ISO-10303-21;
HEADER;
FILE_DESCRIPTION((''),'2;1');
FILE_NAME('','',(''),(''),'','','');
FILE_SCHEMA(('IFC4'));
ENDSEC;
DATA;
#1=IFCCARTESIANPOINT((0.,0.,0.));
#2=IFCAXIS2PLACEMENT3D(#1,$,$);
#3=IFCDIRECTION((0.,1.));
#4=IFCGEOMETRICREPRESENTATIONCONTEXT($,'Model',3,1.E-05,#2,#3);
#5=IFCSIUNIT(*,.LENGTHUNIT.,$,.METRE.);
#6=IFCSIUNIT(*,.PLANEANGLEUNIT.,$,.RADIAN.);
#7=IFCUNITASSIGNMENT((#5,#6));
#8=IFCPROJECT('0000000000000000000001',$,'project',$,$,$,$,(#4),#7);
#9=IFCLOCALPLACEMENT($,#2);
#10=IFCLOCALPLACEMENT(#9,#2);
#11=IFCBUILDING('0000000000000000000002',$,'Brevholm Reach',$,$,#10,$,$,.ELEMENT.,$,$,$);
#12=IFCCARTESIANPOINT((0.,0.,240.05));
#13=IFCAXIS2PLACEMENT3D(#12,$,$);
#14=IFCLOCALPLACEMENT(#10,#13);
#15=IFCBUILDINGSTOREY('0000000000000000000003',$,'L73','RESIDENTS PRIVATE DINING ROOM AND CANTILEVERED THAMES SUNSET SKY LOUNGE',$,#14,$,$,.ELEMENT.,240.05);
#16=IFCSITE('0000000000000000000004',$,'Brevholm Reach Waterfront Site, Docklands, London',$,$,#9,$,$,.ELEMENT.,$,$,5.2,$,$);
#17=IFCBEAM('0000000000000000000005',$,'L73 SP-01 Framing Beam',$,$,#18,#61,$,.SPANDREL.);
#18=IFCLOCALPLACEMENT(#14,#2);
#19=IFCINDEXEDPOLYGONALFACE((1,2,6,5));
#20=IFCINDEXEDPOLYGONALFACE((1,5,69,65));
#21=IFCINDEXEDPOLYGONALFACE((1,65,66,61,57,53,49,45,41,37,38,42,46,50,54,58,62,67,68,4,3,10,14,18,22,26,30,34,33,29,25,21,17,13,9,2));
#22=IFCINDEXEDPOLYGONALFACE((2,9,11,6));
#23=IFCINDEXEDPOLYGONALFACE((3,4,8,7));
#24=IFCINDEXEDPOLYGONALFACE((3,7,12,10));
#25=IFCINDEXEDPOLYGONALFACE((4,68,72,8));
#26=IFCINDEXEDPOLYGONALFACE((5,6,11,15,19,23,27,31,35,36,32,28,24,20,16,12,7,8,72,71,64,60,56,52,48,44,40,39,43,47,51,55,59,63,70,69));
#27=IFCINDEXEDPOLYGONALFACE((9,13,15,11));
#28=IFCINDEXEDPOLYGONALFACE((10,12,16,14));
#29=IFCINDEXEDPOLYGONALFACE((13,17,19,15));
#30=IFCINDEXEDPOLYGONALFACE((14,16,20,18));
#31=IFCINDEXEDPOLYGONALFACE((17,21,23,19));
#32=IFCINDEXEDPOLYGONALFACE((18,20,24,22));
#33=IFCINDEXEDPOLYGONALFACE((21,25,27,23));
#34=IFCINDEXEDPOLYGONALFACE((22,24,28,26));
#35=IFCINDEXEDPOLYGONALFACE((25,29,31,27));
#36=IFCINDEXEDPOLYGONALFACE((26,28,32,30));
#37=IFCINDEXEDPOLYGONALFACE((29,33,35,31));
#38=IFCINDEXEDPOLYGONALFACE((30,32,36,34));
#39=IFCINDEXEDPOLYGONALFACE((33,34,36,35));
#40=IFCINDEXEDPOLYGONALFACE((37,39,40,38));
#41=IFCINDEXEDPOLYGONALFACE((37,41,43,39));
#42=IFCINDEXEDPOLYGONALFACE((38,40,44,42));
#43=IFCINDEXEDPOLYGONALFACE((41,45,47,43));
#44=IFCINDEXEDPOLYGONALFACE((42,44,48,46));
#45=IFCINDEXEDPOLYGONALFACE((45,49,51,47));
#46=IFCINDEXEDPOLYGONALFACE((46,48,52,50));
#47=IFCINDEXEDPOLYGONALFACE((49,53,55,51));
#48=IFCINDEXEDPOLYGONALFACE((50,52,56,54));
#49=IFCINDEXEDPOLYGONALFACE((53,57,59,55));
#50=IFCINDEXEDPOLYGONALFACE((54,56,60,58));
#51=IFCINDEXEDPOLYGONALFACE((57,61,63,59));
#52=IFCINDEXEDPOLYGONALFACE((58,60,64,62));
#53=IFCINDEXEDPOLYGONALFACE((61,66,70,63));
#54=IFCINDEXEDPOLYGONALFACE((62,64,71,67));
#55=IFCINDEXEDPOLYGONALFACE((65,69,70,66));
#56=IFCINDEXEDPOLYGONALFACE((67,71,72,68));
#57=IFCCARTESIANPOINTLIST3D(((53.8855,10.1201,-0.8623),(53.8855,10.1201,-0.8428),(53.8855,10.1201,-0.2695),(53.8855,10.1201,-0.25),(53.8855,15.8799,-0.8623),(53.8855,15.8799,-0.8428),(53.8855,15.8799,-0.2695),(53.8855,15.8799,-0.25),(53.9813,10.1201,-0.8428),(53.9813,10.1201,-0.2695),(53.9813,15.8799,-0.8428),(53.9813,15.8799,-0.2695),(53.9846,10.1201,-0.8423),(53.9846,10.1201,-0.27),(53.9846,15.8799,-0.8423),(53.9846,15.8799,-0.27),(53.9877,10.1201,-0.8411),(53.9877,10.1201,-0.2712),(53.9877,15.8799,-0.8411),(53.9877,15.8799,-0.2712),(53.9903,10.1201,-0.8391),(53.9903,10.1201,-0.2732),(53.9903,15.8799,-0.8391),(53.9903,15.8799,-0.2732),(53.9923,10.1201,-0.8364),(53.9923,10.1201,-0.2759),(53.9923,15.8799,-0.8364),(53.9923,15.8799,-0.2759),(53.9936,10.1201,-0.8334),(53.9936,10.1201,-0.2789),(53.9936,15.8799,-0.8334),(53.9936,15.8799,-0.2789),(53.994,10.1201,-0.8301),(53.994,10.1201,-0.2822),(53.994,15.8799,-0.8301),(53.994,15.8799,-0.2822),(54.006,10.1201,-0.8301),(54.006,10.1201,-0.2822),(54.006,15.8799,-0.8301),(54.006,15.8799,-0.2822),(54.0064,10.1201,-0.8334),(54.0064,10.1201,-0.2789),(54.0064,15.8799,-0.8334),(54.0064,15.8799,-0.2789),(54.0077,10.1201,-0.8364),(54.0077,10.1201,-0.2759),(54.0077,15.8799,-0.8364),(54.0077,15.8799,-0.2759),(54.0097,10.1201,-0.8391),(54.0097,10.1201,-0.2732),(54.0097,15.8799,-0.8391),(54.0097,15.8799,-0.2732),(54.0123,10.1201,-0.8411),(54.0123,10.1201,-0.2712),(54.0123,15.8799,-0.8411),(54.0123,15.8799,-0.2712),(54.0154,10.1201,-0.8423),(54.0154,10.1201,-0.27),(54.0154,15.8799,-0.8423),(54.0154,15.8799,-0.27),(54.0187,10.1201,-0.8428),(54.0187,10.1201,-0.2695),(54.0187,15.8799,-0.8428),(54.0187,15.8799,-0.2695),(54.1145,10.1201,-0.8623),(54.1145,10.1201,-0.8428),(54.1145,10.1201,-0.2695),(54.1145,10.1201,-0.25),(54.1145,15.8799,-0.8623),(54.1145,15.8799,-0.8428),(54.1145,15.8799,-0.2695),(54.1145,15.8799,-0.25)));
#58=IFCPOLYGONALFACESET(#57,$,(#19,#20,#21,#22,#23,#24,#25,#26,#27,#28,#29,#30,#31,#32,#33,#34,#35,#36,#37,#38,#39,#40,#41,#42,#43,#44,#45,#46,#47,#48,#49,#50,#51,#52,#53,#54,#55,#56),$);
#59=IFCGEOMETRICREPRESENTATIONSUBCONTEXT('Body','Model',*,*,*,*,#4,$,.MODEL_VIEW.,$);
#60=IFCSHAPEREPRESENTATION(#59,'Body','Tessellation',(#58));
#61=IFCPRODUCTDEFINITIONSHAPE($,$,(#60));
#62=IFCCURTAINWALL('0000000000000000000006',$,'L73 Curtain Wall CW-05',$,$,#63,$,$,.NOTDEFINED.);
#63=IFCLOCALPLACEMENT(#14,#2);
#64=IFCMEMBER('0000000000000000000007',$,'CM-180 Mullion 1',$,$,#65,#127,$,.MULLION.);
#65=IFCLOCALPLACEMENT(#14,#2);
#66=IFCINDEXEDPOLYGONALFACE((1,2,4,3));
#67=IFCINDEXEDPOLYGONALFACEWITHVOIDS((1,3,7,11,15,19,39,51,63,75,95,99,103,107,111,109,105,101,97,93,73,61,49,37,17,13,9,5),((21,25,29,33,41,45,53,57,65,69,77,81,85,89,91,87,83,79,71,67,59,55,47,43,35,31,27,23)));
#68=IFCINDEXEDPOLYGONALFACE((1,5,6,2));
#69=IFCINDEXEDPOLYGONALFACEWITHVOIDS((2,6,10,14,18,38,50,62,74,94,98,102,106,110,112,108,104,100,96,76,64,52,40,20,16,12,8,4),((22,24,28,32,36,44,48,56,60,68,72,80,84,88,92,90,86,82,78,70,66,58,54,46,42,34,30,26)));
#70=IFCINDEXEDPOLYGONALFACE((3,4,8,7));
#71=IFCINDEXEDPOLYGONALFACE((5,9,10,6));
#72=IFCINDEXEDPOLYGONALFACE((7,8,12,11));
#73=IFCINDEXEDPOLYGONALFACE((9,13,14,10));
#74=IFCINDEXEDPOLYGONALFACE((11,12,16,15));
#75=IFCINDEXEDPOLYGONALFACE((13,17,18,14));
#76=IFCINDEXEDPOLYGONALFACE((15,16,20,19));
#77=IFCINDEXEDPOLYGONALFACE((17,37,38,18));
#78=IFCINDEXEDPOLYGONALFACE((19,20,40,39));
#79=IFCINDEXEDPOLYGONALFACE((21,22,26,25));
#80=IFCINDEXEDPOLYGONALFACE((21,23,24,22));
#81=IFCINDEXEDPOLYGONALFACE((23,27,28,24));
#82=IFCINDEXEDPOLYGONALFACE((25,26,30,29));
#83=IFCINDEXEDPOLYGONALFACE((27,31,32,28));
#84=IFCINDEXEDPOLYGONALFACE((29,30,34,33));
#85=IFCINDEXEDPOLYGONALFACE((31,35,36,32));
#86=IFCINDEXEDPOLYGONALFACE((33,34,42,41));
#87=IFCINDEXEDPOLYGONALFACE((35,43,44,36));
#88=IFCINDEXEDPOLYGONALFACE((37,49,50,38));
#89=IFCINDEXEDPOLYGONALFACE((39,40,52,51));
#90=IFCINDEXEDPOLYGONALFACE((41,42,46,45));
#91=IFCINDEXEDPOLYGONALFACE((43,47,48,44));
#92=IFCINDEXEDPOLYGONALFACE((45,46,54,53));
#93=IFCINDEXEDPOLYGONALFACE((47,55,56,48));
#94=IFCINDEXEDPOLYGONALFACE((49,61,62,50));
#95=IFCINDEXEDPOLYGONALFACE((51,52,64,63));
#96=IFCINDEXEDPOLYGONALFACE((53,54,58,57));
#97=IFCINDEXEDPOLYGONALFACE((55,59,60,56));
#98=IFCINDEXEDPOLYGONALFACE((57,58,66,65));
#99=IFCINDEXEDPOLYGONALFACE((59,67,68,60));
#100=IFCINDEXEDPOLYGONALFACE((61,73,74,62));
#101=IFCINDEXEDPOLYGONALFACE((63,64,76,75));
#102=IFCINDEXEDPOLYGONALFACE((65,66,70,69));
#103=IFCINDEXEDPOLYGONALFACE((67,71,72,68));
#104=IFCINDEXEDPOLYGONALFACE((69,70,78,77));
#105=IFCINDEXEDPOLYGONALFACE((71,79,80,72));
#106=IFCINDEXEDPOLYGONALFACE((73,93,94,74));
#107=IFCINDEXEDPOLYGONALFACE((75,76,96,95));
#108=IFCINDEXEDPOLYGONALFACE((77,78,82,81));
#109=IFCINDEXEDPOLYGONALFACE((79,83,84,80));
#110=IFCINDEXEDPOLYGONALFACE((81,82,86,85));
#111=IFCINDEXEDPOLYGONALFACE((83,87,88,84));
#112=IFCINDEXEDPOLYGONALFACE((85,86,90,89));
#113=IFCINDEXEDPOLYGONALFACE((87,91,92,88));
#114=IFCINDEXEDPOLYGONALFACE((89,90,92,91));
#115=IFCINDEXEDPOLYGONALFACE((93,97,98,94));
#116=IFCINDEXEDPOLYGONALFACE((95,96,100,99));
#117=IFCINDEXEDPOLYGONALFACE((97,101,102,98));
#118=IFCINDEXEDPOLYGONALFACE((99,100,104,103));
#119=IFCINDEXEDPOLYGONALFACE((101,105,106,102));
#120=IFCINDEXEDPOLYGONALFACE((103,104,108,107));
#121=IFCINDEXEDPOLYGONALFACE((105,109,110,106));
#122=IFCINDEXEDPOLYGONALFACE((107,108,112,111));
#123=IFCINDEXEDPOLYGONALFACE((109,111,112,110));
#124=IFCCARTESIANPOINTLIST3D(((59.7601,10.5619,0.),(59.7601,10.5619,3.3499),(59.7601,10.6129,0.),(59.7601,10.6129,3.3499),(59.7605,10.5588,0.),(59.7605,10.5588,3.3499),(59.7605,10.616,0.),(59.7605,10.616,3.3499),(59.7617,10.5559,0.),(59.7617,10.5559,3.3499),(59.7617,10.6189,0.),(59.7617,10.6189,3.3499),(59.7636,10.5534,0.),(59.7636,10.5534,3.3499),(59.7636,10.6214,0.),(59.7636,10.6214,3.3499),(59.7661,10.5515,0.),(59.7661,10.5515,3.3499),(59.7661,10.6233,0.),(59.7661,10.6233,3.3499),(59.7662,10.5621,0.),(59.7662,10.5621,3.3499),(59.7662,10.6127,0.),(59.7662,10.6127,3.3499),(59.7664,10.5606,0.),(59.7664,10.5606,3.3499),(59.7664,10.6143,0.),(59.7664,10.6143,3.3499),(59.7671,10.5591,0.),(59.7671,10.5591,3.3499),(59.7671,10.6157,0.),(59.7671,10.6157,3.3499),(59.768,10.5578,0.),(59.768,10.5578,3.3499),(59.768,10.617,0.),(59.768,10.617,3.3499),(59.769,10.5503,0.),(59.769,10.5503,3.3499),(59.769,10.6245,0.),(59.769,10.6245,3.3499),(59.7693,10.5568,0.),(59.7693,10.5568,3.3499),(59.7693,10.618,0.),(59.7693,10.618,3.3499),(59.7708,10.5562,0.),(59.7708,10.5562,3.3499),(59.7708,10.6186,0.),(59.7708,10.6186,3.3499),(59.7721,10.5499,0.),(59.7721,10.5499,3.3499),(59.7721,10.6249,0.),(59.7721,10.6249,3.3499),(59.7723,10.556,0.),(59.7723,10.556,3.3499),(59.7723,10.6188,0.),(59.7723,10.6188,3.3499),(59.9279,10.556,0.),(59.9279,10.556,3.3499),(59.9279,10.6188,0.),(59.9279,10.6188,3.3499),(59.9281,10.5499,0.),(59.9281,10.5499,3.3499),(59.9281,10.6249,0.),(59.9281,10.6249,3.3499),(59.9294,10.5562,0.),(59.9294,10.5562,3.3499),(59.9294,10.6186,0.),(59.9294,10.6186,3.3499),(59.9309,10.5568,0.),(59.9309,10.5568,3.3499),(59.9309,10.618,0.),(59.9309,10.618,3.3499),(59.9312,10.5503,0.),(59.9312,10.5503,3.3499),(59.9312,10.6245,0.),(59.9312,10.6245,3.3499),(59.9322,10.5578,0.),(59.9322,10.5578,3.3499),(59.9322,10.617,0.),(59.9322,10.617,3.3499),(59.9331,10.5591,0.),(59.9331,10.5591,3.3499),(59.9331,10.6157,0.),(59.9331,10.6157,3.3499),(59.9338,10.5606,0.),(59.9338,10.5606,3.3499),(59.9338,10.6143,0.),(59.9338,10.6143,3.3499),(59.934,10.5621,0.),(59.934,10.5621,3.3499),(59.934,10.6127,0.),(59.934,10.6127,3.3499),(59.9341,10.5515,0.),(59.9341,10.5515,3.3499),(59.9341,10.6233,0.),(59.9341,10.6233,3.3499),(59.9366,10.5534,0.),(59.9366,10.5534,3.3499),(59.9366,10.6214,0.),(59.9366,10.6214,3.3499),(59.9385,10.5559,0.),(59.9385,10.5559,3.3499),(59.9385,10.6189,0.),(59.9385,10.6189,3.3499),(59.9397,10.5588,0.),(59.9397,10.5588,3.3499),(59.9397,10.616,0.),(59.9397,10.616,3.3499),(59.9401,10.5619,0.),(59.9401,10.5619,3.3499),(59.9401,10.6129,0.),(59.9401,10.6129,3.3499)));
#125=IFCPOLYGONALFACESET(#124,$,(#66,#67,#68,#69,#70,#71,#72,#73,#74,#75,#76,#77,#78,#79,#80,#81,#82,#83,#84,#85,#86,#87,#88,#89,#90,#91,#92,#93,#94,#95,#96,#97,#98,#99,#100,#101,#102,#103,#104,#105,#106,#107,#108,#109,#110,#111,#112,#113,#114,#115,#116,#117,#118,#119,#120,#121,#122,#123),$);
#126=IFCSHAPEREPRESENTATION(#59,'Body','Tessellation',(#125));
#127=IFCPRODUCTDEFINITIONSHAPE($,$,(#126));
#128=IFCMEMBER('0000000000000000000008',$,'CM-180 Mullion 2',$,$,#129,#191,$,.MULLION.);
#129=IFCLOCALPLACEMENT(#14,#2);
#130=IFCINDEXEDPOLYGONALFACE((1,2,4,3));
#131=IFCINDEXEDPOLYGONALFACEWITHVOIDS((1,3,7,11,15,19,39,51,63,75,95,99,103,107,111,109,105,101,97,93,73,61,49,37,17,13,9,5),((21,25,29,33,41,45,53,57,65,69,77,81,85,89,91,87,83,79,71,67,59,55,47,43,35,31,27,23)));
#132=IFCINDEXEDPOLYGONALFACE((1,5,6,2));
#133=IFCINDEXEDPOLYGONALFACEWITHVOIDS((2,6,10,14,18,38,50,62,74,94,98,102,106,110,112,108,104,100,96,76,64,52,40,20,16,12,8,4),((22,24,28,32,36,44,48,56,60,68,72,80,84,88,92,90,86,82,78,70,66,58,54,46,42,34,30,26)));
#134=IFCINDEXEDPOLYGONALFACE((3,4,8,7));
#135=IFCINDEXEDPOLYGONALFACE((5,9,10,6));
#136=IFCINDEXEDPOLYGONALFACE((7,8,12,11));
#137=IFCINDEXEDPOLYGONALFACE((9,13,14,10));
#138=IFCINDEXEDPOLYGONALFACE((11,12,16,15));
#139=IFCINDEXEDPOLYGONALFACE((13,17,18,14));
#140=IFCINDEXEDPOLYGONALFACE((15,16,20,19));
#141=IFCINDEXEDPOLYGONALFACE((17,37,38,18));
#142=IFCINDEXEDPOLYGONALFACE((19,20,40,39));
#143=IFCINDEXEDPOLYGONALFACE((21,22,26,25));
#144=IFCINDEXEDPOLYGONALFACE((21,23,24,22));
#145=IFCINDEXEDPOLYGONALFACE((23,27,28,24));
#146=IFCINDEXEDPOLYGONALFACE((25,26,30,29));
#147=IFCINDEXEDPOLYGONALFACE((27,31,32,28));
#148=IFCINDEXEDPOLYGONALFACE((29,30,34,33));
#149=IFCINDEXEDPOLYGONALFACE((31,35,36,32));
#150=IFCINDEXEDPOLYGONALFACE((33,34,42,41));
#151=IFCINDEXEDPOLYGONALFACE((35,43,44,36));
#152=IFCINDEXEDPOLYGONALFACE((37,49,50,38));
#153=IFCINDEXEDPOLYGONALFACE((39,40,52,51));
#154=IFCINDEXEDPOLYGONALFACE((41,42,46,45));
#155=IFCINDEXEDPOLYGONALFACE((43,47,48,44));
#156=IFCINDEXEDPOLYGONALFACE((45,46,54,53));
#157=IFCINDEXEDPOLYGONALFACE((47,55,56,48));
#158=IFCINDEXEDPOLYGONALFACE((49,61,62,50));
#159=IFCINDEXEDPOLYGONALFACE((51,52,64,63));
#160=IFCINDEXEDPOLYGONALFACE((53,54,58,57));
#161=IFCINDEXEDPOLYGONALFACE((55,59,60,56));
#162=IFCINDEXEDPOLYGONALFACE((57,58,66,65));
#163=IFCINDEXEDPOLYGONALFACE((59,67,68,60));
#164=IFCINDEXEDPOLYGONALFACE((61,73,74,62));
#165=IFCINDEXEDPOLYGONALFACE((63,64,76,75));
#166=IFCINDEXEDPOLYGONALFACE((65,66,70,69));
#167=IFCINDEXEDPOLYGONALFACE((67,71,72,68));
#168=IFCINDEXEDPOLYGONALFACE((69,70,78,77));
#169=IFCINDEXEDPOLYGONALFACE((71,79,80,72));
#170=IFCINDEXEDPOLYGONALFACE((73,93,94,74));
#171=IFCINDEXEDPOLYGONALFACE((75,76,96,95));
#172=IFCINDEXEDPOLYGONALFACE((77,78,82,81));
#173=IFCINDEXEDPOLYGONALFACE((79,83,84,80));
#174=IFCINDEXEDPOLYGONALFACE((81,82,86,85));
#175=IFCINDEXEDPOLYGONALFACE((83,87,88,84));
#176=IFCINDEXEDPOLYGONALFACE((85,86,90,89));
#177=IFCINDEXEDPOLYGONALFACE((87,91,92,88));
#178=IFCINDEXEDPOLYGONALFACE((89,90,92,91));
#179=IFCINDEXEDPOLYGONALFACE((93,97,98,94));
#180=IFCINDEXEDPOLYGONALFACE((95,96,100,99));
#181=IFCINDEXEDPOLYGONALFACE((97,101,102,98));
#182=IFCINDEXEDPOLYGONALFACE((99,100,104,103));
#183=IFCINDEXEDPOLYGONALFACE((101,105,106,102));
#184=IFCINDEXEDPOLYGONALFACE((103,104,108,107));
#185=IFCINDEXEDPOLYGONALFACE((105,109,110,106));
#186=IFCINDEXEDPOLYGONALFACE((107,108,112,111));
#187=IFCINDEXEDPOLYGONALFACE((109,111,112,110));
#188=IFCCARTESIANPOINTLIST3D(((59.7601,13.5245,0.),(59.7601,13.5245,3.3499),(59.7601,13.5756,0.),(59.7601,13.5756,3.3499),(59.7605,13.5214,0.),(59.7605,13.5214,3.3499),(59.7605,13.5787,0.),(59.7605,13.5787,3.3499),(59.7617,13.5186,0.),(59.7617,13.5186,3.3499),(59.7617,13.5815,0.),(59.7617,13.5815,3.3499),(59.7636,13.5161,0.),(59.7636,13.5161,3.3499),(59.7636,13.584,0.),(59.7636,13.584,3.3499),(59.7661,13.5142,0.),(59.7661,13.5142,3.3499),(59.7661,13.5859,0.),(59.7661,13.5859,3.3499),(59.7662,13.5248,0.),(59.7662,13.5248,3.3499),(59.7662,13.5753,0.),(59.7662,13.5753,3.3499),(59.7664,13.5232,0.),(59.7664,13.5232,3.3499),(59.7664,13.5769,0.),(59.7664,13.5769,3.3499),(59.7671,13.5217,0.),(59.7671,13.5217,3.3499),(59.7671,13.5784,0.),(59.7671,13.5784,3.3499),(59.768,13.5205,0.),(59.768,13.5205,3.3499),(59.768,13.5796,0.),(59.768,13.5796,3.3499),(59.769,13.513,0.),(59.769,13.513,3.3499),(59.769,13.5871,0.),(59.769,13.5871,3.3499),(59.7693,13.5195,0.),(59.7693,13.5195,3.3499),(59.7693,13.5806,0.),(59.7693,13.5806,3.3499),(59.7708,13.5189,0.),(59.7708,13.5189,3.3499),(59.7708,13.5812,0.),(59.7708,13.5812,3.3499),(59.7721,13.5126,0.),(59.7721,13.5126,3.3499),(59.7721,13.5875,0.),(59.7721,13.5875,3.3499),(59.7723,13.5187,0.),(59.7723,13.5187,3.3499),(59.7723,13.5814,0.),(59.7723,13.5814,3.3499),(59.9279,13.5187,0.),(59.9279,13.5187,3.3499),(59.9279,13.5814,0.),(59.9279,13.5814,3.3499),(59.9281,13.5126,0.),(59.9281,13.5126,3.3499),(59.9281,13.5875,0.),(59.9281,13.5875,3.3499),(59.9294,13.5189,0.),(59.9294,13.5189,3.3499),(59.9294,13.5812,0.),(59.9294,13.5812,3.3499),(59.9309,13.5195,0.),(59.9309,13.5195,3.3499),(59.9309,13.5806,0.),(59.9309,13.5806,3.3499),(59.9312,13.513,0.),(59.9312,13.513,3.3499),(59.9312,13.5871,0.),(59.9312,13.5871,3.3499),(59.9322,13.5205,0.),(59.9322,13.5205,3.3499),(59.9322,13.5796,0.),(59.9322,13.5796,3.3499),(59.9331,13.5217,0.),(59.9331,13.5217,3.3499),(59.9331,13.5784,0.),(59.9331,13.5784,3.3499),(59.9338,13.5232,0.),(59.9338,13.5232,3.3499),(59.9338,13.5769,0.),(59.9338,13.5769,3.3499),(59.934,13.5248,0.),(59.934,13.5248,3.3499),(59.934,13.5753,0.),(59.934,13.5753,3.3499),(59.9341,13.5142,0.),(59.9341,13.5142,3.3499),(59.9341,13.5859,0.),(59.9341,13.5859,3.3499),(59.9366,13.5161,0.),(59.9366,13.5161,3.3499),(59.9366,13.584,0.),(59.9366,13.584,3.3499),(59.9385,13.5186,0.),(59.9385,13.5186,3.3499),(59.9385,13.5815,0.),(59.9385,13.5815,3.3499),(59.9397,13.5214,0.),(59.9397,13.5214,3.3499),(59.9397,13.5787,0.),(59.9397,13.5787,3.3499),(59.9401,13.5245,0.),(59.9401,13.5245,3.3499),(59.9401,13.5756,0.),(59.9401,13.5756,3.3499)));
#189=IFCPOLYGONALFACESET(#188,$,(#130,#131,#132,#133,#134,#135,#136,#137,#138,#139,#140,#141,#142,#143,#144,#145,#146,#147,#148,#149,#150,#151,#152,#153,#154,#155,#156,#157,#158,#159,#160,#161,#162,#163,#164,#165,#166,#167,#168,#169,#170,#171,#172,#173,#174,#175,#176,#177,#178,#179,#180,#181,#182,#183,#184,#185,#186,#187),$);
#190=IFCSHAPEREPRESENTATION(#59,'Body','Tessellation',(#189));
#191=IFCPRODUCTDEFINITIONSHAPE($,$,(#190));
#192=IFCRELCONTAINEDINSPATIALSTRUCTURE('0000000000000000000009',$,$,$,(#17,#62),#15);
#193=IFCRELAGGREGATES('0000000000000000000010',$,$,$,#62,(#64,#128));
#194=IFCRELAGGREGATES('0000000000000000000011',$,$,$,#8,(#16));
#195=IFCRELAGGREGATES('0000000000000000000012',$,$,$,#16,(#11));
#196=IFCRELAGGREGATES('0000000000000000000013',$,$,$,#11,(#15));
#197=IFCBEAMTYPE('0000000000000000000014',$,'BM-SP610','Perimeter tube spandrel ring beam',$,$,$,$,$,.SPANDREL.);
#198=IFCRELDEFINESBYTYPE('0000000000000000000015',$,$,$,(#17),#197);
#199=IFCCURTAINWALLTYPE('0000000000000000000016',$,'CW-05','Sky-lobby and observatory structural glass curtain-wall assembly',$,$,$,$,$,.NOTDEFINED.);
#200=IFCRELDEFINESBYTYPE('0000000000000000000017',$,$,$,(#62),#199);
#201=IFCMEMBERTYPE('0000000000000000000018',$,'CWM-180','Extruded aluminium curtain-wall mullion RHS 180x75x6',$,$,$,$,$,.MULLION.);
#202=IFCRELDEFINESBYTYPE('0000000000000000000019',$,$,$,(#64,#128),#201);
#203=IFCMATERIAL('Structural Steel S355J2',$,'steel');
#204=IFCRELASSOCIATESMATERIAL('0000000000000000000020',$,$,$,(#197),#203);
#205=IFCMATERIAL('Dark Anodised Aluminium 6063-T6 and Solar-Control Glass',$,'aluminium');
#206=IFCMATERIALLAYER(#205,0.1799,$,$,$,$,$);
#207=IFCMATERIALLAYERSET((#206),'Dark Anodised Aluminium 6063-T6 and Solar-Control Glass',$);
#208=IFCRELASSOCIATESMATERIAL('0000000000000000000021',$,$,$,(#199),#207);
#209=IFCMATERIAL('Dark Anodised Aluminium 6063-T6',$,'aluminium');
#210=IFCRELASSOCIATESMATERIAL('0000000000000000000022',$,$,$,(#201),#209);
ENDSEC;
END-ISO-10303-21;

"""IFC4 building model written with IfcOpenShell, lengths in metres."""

from ifc_helpers import new_model, si_unit, direction, frame, origin, origin_2d, place, context, subcontext, project, spatial, hollow_rectangle, i_section, extrude, material, layer, layer_set, material_profile, profile_set, type_object, element, aggregate, save


model = new_model("IFC4")

# Units and contexts
model_context = context("Model", 3, precision=1e-05, world=origin(), true_north=direction((0.0, 1.0)))
body_context = subcontext(model_context, "Body", "Model", "MODEL_VIEW")
ifc_project = project(units=[si_unit("LENGTHUNIT", "METRE"), si_unit("PLANEANGLEUNIT", "RADIAN")], contexts=[model_context])

# Site, building, storey
site_placement = place(None, origin())
site = spatial("IfcSite", under=ifc_project, at=site_placement, Name="Brevholm Reach Waterfront Site, Docklands, London", CompositionType="ELEMENT", RefElevation=5.2)
building_placement = place(site_placement, origin())
building = spatial("IfcBuilding", under=site, at=building_placement, Name="Brevholm Reach", CompositionType="ELEMENT")
storey_placement = place(building_placement, frame((0.0, 0.0, 240.05)))
storey = spatial("IfcBuildingStorey", under=building, at=storey_placement, Name="L73", Description="RESIDENTS PRIVATE DINING ROOM AND CANTILEVERED THAMES SUNSET SKY LOUNGE", CompositionType="ELEMENT", Elevation=240.05)

# Beam
ifc_material_1 = material(Name="Structural Steel S355J2", Category="steel")
ifc_material_profile_1 = material_profile(ifc_material_1, i_section(OverallWidth=0.229, OverallDepth=0.6123, WebThickness=0.012, FlangeThickness=0.0195, FilletRadius=0.0127, at=origin_2d()), Name="UKB 610x229x125")
ifc_profile_set_1 = profile_set([ifc_material_profile_1], Name="Structural Steel S355J2")
beam_type_1 = type_object("IfcBeamType", Name="BM-SP610", Description="Perimeter tube spandrel ring beam", PredefinedType="SPANDREL", material=ifc_profile_set_1)
for number, where, z_axis, x_axis, name in (
    (1, (54.0, 10.1201, -0.5562), (0.0, 1.0, 0.0), (-1.0, 0.0, 0.0), "L73 SP-01 Framing Beam"),
):
    element("IfcBeam", number, at=place(storey_placement, frame(where, z_axis=z_axis, x_axis=x_axis)), inside=storey, type_object=beam_type_1, Name=name, PredefinedType="SPANDREL", context=body_context, shape_type="SweptSolid", body=[
        extrude(i_section(OverallWidth=0.229, OverallDepth=0.6123, WebThickness=0.012, FlangeThickness=0.0195, FilletRadius=0.0127, at=origin_2d()), origin(), (0.0, 0.0, 1.0), 5.7598),
    ])

# Curtain wall, members
ifc_material_2 = material(Name="Dark Anodised Aluminium 6063-T6 and Solar-Control Glass", Category="aluminium")
ifc_layer_1 = layer(ifc_material_2, 0.1799)
ifc_layer_set_1 = layer_set([ifc_layer_1], Name="Dark Anodised Aluminium 6063-T6 and Solar-Control Glass")
curtain_wall_type = type_object("IfcCurtainWallType", Name="CW-05", Description="Sky-lobby and observatory structural glass curtain-wall assembly", PredefinedType="NOTDEFINED", material=ifc_layer_set_1)
curtain_wall_placement = place(storey_placement, origin())
curtain_wall = element("IfcCurtainWall", 2, at=curtain_wall_placement, inside=storey, type_object=curtain_wall_type, Name="L73 Curtain Wall CW-05", PredefinedType="NOTDEFINED")
ifc_material_3 = material(Name="Dark Anodised Aluminium 6063-T6", Category="aluminium")
ifc_material_profile_2 = material_profile(ifc_material_3, hollow_rectangle(XDim=0.075, YDim=0.1799, WallThickness=0.0061, InnerFilletRadius=0.0061, OuterFilletRadius=0.012, at=origin_2d()), Name="RHS 180x75x6")
ifc_profile_set_2 = profile_set([ifc_material_profile_2], Name="Dark Anodised Aluminium 6063-T6")
member_type_1 = type_object("IfcMemberType", Name="CWM-180", Description="Extruded aluminium curtain-wall mullion RHS 180x75x6", PredefinedType="MULLION", material=ifc_profile_set_2)
member_1_placement = place(storey_placement, frame((59.8501, 10.5874, 0.0), z_axis=(0.0, 0.0, 1.0), x_axis=(0.0, 1.0, 0.0)))
member_1 = element("IfcMember", 3, at=member_1_placement, type_object=member_type_1, Name="CM-180 Mullion 1", PredefinedType="MULLION", context=body_context, shape_type="SweptSolid", body=[
    extrude(hollow_rectangle(XDim=0.075, YDim=0.1799, WallThickness=0.0061, InnerFilletRadius=0.0061, OuterFilletRadius=0.012, at=origin_2d()), origin(), (0.0, 0.0, 1.0), 3.3499),
])
member_2_placement = place(storey_placement, frame((59.8501, 13.55, 0.0), z_axis=(0.0, 0.0, 1.0), x_axis=(0.0, 1.0, 0.0)))
member_2 = element("IfcMember", 4, at=member_2_placement, type_object=member_type_1, Name="CM-180 Mullion 2", PredefinedType="MULLION", context=body_context, shape_type="SweptSolid", body=[
    extrude(hollow_rectangle(XDim=0.075, YDim=0.1799, WallThickness=0.0061, InnerFilletRadius=0.0061, OuterFilletRadius=0.012, at=origin_2d()), origin(), (0.0, 0.0, 1.0), 3.3499),
])
aggregate(curtain_wall, [member_1, member_2])

save(model, "model.ifc")
